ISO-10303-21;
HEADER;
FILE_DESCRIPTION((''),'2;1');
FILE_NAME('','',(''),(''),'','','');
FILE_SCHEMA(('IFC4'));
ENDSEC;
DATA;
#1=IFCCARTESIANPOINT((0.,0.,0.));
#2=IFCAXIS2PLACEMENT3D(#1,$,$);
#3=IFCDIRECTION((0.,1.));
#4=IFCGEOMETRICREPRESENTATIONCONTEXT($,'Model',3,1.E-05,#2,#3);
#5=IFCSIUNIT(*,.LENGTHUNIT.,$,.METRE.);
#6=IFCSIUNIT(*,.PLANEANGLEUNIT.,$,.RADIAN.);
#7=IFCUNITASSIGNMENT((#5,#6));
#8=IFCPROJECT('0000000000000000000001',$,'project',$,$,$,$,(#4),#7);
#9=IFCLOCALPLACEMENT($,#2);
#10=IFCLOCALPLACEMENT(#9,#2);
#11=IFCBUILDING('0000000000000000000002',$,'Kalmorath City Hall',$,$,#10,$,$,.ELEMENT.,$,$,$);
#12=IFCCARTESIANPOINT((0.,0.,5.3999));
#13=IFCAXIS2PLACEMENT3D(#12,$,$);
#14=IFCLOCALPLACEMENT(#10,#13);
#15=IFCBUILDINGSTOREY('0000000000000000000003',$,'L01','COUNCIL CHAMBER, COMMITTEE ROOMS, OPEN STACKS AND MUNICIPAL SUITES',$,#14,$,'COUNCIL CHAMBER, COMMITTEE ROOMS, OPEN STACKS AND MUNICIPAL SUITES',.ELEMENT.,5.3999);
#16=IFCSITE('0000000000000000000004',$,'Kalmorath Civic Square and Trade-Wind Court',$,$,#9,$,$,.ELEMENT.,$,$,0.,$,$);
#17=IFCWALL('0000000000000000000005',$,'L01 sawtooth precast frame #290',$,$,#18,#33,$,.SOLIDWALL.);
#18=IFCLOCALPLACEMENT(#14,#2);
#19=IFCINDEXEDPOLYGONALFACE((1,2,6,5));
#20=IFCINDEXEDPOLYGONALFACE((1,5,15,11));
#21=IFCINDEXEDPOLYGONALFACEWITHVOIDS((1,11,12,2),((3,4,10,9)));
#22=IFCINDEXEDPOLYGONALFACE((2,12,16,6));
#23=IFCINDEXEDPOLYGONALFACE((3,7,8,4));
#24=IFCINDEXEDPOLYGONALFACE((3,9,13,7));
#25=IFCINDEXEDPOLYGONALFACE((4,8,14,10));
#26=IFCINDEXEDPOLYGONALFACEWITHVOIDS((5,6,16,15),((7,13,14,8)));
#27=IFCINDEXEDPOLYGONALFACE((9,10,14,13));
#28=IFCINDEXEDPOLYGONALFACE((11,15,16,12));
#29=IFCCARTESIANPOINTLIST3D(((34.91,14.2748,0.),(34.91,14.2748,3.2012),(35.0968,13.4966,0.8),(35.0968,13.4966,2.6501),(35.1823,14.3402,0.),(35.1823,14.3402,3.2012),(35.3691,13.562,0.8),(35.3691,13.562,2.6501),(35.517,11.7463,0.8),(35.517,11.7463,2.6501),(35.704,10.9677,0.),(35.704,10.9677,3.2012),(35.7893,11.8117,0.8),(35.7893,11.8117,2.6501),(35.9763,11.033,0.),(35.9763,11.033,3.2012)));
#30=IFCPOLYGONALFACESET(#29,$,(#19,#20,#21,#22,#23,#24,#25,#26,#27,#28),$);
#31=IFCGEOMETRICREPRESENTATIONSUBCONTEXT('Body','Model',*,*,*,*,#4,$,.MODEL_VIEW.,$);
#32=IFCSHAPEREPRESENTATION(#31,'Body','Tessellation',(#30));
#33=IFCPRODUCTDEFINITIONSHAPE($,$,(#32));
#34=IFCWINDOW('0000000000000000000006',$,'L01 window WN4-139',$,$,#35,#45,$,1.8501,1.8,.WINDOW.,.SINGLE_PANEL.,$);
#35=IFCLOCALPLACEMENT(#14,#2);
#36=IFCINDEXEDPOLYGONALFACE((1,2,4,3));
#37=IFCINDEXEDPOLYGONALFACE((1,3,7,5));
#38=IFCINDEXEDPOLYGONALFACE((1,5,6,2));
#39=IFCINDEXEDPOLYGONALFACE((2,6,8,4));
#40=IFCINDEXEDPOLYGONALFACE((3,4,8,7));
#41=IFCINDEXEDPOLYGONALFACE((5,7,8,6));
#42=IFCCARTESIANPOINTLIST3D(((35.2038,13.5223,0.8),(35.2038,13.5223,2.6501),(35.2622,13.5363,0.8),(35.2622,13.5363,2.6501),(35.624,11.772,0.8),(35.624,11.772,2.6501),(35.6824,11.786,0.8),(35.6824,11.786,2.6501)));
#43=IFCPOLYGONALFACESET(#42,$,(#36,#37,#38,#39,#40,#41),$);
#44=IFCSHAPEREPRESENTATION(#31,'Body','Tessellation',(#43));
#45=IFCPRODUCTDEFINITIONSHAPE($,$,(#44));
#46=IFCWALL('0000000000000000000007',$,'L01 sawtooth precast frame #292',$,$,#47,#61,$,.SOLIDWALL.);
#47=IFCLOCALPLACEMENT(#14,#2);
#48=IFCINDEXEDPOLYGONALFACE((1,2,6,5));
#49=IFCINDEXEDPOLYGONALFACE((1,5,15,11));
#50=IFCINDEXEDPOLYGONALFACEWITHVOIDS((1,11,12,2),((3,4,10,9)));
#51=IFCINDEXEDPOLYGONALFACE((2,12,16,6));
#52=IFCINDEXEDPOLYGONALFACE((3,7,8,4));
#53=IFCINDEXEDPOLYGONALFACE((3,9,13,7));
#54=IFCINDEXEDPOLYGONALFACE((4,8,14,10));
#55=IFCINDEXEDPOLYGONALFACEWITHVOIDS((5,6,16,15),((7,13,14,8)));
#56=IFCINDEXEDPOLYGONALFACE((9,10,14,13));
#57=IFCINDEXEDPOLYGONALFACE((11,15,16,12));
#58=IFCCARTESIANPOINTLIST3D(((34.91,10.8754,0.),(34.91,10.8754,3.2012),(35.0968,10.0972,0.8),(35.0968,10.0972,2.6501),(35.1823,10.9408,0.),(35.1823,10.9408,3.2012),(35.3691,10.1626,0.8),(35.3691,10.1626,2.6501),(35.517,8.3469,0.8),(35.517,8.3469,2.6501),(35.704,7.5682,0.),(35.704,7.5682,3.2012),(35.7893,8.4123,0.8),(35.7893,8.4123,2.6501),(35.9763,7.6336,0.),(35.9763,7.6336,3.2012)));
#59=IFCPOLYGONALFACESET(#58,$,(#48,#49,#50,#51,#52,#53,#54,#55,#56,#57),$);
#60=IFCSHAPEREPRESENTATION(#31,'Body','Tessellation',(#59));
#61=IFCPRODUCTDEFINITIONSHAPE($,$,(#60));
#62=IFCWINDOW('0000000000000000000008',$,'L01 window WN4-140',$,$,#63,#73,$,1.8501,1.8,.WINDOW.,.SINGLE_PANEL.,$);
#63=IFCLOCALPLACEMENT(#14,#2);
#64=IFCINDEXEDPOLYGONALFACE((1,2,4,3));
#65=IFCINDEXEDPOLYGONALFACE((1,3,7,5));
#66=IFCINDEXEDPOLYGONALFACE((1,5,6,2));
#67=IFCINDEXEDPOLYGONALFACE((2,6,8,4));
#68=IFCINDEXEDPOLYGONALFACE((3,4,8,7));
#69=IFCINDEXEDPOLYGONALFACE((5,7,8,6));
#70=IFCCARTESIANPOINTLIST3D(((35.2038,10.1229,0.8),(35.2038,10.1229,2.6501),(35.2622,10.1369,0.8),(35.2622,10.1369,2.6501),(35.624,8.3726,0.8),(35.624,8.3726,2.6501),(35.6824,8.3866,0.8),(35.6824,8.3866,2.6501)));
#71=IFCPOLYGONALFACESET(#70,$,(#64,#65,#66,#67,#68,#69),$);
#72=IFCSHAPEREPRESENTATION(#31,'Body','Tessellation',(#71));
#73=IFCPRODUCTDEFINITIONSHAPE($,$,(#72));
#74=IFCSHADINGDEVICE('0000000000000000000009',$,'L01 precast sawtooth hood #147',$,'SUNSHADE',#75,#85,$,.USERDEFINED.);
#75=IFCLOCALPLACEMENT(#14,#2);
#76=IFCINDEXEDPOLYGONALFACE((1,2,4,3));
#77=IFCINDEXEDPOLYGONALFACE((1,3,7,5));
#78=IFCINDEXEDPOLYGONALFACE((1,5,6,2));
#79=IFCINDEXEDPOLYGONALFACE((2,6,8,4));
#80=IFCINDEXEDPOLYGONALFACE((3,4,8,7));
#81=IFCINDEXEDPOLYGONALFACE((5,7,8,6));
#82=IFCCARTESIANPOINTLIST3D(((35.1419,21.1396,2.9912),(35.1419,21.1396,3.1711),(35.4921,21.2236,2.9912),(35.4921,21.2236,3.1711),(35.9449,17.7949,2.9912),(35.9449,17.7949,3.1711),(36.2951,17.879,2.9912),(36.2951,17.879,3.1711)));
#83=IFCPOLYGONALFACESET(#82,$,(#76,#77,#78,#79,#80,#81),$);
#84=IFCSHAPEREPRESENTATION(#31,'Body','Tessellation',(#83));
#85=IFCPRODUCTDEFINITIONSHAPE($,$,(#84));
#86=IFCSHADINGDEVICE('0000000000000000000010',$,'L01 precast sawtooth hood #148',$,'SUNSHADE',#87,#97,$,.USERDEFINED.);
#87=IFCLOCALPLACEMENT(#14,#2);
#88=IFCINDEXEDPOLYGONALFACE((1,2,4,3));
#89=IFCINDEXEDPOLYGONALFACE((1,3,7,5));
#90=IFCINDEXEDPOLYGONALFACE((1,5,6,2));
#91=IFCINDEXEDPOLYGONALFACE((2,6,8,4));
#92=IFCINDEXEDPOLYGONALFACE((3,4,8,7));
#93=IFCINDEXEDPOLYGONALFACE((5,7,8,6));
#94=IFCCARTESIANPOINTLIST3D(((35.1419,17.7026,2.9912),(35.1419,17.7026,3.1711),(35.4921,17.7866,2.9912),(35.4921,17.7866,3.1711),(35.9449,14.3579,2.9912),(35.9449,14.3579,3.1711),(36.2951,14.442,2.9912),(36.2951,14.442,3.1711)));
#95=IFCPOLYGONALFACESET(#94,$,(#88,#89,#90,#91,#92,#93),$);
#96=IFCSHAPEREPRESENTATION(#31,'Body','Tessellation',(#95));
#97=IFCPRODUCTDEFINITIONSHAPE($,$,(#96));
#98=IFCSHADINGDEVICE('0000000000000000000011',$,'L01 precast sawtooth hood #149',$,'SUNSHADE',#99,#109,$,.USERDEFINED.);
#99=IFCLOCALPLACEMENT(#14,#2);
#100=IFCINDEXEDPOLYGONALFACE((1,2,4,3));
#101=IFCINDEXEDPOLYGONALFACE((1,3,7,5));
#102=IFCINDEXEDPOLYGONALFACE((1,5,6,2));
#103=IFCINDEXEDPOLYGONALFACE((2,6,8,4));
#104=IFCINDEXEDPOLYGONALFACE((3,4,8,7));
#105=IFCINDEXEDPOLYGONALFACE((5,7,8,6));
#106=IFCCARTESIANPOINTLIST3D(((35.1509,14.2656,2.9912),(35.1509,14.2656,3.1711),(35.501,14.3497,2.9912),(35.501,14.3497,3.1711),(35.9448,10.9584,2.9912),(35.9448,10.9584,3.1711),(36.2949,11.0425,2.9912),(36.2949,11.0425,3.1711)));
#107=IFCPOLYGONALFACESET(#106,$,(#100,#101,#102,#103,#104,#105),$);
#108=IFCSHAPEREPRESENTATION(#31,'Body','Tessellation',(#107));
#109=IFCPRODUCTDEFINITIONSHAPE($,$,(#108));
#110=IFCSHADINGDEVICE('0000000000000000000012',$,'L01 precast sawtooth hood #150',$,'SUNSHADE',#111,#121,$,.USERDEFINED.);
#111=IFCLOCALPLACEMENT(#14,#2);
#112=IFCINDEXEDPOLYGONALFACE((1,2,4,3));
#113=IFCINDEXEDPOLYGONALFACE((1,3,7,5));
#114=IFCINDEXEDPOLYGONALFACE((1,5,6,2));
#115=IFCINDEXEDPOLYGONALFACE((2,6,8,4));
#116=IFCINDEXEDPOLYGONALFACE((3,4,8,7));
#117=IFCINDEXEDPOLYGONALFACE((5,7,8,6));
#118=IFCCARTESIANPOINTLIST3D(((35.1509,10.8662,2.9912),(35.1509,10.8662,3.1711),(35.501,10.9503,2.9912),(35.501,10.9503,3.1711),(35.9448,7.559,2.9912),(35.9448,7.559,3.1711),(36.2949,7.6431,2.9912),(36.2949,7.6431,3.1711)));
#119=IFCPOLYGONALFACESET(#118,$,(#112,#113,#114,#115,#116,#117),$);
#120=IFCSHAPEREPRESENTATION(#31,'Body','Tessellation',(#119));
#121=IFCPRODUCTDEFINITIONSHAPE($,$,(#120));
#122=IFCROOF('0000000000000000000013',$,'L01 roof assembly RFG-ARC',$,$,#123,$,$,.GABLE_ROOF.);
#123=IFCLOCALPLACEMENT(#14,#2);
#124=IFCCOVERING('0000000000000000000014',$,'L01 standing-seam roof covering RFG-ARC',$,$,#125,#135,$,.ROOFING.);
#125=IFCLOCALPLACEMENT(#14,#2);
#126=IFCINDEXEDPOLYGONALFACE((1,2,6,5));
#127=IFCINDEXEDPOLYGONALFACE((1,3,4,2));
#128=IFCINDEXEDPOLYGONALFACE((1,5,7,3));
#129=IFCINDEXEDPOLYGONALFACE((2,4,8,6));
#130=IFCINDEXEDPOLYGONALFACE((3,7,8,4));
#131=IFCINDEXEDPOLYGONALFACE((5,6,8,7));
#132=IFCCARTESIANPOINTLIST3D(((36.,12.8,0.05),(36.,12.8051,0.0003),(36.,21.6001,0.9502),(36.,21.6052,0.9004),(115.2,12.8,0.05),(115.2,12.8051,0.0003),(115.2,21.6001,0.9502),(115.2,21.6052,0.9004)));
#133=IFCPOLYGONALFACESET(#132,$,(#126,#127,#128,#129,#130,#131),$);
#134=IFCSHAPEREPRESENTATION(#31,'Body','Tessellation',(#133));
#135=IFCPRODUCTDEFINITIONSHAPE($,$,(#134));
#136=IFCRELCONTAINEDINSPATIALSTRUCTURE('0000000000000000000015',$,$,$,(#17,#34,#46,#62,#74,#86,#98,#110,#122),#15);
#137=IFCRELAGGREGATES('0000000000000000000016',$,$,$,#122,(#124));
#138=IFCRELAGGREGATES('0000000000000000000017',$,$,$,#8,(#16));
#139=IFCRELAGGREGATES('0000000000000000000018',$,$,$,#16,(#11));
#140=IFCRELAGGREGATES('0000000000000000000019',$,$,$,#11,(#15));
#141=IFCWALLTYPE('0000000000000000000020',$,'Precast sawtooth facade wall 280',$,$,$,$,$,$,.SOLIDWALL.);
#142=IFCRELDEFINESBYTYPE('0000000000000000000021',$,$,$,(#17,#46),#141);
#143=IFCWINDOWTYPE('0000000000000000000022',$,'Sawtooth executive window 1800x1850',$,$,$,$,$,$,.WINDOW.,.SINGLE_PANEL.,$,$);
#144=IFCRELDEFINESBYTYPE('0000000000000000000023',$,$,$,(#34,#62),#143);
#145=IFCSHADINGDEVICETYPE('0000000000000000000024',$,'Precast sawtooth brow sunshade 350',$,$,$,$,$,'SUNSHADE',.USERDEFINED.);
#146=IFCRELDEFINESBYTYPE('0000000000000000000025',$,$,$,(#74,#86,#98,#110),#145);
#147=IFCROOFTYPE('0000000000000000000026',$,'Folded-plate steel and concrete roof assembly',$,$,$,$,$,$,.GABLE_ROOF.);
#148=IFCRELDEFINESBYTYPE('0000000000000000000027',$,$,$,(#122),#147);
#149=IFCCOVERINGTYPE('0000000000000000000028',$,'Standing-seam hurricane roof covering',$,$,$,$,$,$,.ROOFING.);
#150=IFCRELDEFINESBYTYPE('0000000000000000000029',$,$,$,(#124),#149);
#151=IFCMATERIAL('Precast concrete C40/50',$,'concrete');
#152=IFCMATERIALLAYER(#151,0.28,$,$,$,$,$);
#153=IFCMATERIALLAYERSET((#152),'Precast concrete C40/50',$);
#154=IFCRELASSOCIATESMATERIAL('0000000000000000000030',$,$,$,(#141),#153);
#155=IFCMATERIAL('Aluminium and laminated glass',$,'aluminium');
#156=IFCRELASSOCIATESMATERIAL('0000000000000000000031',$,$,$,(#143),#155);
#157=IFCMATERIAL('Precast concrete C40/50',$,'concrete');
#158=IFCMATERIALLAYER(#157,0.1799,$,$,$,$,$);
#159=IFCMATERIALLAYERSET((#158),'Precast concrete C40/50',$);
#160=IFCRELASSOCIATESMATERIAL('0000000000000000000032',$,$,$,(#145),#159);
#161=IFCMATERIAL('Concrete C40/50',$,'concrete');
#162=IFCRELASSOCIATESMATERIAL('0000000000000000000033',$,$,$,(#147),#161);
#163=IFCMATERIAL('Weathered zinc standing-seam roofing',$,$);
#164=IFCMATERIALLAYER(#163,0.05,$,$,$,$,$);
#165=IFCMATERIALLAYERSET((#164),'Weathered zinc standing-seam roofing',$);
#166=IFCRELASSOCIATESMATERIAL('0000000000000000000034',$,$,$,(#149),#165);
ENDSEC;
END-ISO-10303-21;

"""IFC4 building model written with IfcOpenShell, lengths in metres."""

from ifc_helpers import new_model, si_unit, direction, frame, frame_2d, origin, origin_2d, place, context, subcontext, project, spatial, polyline, rectangle, outline, extrude, material, layer, layer_set, type_object, element, fill, aggregate, save


model = new_model("IFC4")

# Units and contexts
model_context = context("Model", 3, precision=1e-05, world=origin(), true_north=direction((0.0, 1.0)))
body_context = subcontext(model_context, "Body", "Model", "MODEL_VIEW")
ifc_project = project(units=[si_unit("LENGTHUNIT", "METRE"), si_unit("PLANEANGLEUNIT", "RADIAN")], contexts=[model_context])

# Site, building, storey
site_placement = place(None, origin())
site = spatial("IfcSite", under=ifc_project, at=site_placement, Name="Kalmorath Civic Square and Trade-Wind Court", CompositionType="ELEMENT", RefElevation=0.0)
building_placement = place(site_placement, origin())
building = spatial("IfcBuilding", under=site, at=building_placement, Name="Kalmorath City Hall", CompositionType="ELEMENT")
storey_placement = place(building_placement, frame((0.0, 0.0, 5.3999)))
storey = spatial("IfcBuildingStorey", under=building, at=storey_placement, Name="L01", Description="COUNCIL CHAMBER, COMMITTEE ROOMS, OPEN STACKS AND MUNICIPAL SUITES", LongName="COUNCIL CHAMBER, COMMITTEE ROOMS, OPEN STACKS AND MUNICIPAL SUITES", CompositionType="ELEMENT", Elevation=5.3999)

# Walls, openings, windows
ifc_material_1 = material(Name="Precast concrete C40/50", Category="concrete")
ifc_layer_1 = layer(ifc_material_1, 0.28)
ifc_layer_set_1 = layer_set([ifc_layer_1], Name="Precast concrete C40/50")
wall_type_1 = type_object("IfcWallType", Name="Precast sawtooth facade wall 280", PredefinedType="SOLIDWALL", material=ifc_layer_set_1)
wall_1_placement = place(storey_placement, frame((35.0461, 14.3076, 0.0), z_axis=(0.0, 0.0, 1.0), x_axis=(0.233438, -0.972372, 0.0)))
wall_1 = element("IfcWall", 1, at=wall_1_placement, inside=storey, type_object=wall_type_1, Name="L01 sawtooth precast frame #290", PredefinedType="SOLIDWALL", context=body_context, shape_type="SweptSolid", body=[
    extrude(rectangle(XDim=3.4011, YDim=0.28, at=frame_2d((1.7007, 0.0))), origin(), (0.0, 0.0, 1.0), 3.2012),
])
opening_1_placement = place(wall_1_placement, frame((0.8005, 0.0, 0.8)))
opening_1 = element("IfcOpeningElement", 2, at=opening_1_placement, cuts=wall_1, PredefinedType="OPENING", context=body_context, shape_type="SweptSolid", body=[
    extrude(rectangle(XDim=1.8, YDim=1.8501, at=frame_2d((0.8999, 0.925))), frame((0.0, 0.1499, 0.0), z_axis=(0.0, -1.0, 0.0), x_axis=(1.0, 0.0, 0.0)), (0.0, 0.0, 1.0), 0.3),
])
ifc_material_2 = material(Name="Aluminium and laminated glass", Category="aluminium")
window_type_1 = type_object("IfcWindowType", Name="Sawtooth executive window 1800x1850", PartitioningType="SINGLE_PANEL", PredefinedType="WINDOW", material=ifc_material_2)
window_1_placement = place(opening_1_placement, origin())
window_1 = element("IfcWindow", 3, at=window_1_placement, inside=storey, type_object=window_type_1, Name="L01 window WN4-139", OverallHeight=1.8501, OverallWidth=1.8, PartitioningType="SINGLE_PANEL", PredefinedType="WINDOW", context=body_context, shape_type="SweptSolid", body=[
    extrude(rectangle(XDim=1.8, YDim=1.8501, at=frame_2d((0.8999, 0.925))), frame((0.0, 0.03, 0.0), z_axis=(0.0, -1.0, 0.0), x_axis=(1.0, 0.0, 0.0)), (0.0, 0.0, 1.0), 0.0601),
])
fill(opening_1, window_1)
wall_2_placement = place(storey_placement, frame((35.0461, 10.9082, 0.0), z_axis=(0.0, 0.0, 1.0), x_axis=(0.233438, -0.972372, 0.0)))
wall_2 = element("IfcWall", 4, at=wall_2_placement, inside=storey, type_object=wall_type_1, Name="L01 sawtooth precast frame #292", PredefinedType="SOLIDWALL", context=body_context, shape_type="SweptSolid", body=[
    extrude(rectangle(XDim=3.4011, YDim=0.28, at=frame_2d((1.7007, 0.0))), origin(), (0.0, 0.0, 1.0), 3.2012),
])
opening_2_placement = place(wall_2_placement, frame((0.8005, 0.0, 0.8)))
opening_2 = element("IfcOpeningElement", 5, at=opening_2_placement, cuts=wall_2, PredefinedType="OPENING", context=body_context, shape_type="SweptSolid", body=[
    extrude(rectangle(XDim=1.8, YDim=1.8501, at=frame_2d((0.8999, 0.925))), frame((0.0, 0.1499, 0.0), z_axis=(0.0, -1.0, 0.0), x_axis=(1.0, 0.0, 0.0)), (0.0, 0.0, 1.0), 0.3),
])
window_2_placement = place(opening_2_placement, origin())
window_2 = element("IfcWindow", 6, at=window_2_placement, inside=storey, type_object=window_type_1, Name="L01 window WN4-140", OverallHeight=1.8501, OverallWidth=1.8, PartitioningType="SINGLE_PANEL", PredefinedType="WINDOW", context=body_context, shape_type="SweptSolid", body=[
    extrude(rectangle(XDim=1.8, YDim=1.8501, at=frame_2d((0.8999, 0.925))), frame((0.0, 0.03, 0.0), z_axis=(0.0, -1.0, 0.0), x_axis=(1.0, 0.0, 0.0)), (0.0, 0.0, 1.0), 0.0601),
])
fill(opening_2, window_2)

# Shading devices
ifc_material_3 = material(Name="Precast concrete C40/50", Category="concrete")
ifc_layer_2 = layer(ifc_material_3, 0.1799)
ifc_layer_set_2 = layer_set([ifc_layer_2], Name="Precast concrete C40/50")
shading_device_type = type_object("IfcShadingDeviceType", Name="Precast sawtooth brow sunshade 350", ElementType="SUNSHADE", PredefinedType="USERDEFINED", material=ifc_layer_set_2)
for number, where, z_axis, x_axis, name in (
    (7, (35.7185, 19.5093, 2.9912), (0.0, 0.0, 1.0), (0.233462, -0.972366, 0.0), "L01 precast sawtooth hood #147"),
    (8, (35.7185, 16.0723, 2.9912), (0.0, 0.0, 1.0), (0.233462, -0.972366, 0.0), "L01 precast sawtooth hood #148"),
):
    element("IfcShadingDevice", number, at=place(storey_placement, frame(where, z_axis=z_axis, x_axis=x_axis)), inside=storey, type_object=shading_device_type, Name=name, ObjectType="SUNSHADE", PredefinedType="USERDEFINED", context=body_context, shape_type="SweptSolid", body=[
        extrude(rectangle(XDim=3.4397, YDim=0.3601, at=origin_2d()), origin(), (0.0, 0.0, 1.0), 0.1799),
    ])
for number, where, z_axis, x_axis, name in (
    (9, (35.7229, 12.6541, 2.9912), (0.0, 0.0, 1.0), (0.233428, -0.972374, 0.0), "L01 precast sawtooth hood #149"),
    (10, (35.7229, 9.2546, 2.9912), (0.0, 0.0, 1.0), (0.233428, -0.972374, 0.0), "L01 precast sawtooth hood #150"),
):
    element("IfcShadingDevice", number, at=place(storey_placement, frame(where, z_axis=z_axis, x_axis=x_axis)), inside=storey, type_object=shading_device_type, Name=name, ObjectType="SUNSHADE", PredefinedType="USERDEFINED", context=body_context, shape_type="SweptSolid", body=[
        extrude(rectangle(XDim=3.4011, YDim=0.3601, at=origin_2d()), origin(), (0.0, 0.0, 1.0), 0.1799),
    ])

# Roof, covering
ifc_material_4 = material(Name="Concrete C40/50", Category="concrete")
roof_type = type_object("IfcRoofType", Name="Folded-plate steel and concrete roof assembly", PredefinedType="GABLE_ROOF", material=ifc_material_4)
roof_placement = place(storey_placement, origin())
roof = element("IfcRoof", 11, at=roof_placement, inside=storey, type_object=roof_type, Name="L01 roof assembly RFG-ARC", PredefinedType="GABLE_ROOF")
ifc_material_5 = material(Name="Weathered zinc standing-seam roofing")
ifc_layer_3 = layer(ifc_material_5, 0.05)
ifc_layer_set_3 = layer_set([ifc_layer_3], Name="Weathered zinc standing-seam roofing")
covering_type = type_object("IfcCoveringType", Name="Standing-seam hurricane roof covering", PredefinedType="ROOFING", material=ifc_layer_set_3)
covering_placement = place(storey_placement, frame((36.0, 12.8, 0.05), z_axis=(0.0, -0.101758, 0.994809), x_axis=(1.0, 0.0, 0.0)))
covering = element("IfcCovering", 12, at=covering_placement, type_object=covering_type, Name="L01 standing-seam roof covering RFG-ARC", PredefinedType="ROOFING", context=body_context, shape_type="SweptSolid", body=[
    extrude(outline(polyline([(0.0, 0.0), (79.2, 0.0), (79.2, 8.846), (0.0, 8.846), (0.0, 0.0)])), origin(), (0.0, 0.0, -1.0), 0.05),
])
aggregate(roof, [covering])

save(model, "model.ifc")
